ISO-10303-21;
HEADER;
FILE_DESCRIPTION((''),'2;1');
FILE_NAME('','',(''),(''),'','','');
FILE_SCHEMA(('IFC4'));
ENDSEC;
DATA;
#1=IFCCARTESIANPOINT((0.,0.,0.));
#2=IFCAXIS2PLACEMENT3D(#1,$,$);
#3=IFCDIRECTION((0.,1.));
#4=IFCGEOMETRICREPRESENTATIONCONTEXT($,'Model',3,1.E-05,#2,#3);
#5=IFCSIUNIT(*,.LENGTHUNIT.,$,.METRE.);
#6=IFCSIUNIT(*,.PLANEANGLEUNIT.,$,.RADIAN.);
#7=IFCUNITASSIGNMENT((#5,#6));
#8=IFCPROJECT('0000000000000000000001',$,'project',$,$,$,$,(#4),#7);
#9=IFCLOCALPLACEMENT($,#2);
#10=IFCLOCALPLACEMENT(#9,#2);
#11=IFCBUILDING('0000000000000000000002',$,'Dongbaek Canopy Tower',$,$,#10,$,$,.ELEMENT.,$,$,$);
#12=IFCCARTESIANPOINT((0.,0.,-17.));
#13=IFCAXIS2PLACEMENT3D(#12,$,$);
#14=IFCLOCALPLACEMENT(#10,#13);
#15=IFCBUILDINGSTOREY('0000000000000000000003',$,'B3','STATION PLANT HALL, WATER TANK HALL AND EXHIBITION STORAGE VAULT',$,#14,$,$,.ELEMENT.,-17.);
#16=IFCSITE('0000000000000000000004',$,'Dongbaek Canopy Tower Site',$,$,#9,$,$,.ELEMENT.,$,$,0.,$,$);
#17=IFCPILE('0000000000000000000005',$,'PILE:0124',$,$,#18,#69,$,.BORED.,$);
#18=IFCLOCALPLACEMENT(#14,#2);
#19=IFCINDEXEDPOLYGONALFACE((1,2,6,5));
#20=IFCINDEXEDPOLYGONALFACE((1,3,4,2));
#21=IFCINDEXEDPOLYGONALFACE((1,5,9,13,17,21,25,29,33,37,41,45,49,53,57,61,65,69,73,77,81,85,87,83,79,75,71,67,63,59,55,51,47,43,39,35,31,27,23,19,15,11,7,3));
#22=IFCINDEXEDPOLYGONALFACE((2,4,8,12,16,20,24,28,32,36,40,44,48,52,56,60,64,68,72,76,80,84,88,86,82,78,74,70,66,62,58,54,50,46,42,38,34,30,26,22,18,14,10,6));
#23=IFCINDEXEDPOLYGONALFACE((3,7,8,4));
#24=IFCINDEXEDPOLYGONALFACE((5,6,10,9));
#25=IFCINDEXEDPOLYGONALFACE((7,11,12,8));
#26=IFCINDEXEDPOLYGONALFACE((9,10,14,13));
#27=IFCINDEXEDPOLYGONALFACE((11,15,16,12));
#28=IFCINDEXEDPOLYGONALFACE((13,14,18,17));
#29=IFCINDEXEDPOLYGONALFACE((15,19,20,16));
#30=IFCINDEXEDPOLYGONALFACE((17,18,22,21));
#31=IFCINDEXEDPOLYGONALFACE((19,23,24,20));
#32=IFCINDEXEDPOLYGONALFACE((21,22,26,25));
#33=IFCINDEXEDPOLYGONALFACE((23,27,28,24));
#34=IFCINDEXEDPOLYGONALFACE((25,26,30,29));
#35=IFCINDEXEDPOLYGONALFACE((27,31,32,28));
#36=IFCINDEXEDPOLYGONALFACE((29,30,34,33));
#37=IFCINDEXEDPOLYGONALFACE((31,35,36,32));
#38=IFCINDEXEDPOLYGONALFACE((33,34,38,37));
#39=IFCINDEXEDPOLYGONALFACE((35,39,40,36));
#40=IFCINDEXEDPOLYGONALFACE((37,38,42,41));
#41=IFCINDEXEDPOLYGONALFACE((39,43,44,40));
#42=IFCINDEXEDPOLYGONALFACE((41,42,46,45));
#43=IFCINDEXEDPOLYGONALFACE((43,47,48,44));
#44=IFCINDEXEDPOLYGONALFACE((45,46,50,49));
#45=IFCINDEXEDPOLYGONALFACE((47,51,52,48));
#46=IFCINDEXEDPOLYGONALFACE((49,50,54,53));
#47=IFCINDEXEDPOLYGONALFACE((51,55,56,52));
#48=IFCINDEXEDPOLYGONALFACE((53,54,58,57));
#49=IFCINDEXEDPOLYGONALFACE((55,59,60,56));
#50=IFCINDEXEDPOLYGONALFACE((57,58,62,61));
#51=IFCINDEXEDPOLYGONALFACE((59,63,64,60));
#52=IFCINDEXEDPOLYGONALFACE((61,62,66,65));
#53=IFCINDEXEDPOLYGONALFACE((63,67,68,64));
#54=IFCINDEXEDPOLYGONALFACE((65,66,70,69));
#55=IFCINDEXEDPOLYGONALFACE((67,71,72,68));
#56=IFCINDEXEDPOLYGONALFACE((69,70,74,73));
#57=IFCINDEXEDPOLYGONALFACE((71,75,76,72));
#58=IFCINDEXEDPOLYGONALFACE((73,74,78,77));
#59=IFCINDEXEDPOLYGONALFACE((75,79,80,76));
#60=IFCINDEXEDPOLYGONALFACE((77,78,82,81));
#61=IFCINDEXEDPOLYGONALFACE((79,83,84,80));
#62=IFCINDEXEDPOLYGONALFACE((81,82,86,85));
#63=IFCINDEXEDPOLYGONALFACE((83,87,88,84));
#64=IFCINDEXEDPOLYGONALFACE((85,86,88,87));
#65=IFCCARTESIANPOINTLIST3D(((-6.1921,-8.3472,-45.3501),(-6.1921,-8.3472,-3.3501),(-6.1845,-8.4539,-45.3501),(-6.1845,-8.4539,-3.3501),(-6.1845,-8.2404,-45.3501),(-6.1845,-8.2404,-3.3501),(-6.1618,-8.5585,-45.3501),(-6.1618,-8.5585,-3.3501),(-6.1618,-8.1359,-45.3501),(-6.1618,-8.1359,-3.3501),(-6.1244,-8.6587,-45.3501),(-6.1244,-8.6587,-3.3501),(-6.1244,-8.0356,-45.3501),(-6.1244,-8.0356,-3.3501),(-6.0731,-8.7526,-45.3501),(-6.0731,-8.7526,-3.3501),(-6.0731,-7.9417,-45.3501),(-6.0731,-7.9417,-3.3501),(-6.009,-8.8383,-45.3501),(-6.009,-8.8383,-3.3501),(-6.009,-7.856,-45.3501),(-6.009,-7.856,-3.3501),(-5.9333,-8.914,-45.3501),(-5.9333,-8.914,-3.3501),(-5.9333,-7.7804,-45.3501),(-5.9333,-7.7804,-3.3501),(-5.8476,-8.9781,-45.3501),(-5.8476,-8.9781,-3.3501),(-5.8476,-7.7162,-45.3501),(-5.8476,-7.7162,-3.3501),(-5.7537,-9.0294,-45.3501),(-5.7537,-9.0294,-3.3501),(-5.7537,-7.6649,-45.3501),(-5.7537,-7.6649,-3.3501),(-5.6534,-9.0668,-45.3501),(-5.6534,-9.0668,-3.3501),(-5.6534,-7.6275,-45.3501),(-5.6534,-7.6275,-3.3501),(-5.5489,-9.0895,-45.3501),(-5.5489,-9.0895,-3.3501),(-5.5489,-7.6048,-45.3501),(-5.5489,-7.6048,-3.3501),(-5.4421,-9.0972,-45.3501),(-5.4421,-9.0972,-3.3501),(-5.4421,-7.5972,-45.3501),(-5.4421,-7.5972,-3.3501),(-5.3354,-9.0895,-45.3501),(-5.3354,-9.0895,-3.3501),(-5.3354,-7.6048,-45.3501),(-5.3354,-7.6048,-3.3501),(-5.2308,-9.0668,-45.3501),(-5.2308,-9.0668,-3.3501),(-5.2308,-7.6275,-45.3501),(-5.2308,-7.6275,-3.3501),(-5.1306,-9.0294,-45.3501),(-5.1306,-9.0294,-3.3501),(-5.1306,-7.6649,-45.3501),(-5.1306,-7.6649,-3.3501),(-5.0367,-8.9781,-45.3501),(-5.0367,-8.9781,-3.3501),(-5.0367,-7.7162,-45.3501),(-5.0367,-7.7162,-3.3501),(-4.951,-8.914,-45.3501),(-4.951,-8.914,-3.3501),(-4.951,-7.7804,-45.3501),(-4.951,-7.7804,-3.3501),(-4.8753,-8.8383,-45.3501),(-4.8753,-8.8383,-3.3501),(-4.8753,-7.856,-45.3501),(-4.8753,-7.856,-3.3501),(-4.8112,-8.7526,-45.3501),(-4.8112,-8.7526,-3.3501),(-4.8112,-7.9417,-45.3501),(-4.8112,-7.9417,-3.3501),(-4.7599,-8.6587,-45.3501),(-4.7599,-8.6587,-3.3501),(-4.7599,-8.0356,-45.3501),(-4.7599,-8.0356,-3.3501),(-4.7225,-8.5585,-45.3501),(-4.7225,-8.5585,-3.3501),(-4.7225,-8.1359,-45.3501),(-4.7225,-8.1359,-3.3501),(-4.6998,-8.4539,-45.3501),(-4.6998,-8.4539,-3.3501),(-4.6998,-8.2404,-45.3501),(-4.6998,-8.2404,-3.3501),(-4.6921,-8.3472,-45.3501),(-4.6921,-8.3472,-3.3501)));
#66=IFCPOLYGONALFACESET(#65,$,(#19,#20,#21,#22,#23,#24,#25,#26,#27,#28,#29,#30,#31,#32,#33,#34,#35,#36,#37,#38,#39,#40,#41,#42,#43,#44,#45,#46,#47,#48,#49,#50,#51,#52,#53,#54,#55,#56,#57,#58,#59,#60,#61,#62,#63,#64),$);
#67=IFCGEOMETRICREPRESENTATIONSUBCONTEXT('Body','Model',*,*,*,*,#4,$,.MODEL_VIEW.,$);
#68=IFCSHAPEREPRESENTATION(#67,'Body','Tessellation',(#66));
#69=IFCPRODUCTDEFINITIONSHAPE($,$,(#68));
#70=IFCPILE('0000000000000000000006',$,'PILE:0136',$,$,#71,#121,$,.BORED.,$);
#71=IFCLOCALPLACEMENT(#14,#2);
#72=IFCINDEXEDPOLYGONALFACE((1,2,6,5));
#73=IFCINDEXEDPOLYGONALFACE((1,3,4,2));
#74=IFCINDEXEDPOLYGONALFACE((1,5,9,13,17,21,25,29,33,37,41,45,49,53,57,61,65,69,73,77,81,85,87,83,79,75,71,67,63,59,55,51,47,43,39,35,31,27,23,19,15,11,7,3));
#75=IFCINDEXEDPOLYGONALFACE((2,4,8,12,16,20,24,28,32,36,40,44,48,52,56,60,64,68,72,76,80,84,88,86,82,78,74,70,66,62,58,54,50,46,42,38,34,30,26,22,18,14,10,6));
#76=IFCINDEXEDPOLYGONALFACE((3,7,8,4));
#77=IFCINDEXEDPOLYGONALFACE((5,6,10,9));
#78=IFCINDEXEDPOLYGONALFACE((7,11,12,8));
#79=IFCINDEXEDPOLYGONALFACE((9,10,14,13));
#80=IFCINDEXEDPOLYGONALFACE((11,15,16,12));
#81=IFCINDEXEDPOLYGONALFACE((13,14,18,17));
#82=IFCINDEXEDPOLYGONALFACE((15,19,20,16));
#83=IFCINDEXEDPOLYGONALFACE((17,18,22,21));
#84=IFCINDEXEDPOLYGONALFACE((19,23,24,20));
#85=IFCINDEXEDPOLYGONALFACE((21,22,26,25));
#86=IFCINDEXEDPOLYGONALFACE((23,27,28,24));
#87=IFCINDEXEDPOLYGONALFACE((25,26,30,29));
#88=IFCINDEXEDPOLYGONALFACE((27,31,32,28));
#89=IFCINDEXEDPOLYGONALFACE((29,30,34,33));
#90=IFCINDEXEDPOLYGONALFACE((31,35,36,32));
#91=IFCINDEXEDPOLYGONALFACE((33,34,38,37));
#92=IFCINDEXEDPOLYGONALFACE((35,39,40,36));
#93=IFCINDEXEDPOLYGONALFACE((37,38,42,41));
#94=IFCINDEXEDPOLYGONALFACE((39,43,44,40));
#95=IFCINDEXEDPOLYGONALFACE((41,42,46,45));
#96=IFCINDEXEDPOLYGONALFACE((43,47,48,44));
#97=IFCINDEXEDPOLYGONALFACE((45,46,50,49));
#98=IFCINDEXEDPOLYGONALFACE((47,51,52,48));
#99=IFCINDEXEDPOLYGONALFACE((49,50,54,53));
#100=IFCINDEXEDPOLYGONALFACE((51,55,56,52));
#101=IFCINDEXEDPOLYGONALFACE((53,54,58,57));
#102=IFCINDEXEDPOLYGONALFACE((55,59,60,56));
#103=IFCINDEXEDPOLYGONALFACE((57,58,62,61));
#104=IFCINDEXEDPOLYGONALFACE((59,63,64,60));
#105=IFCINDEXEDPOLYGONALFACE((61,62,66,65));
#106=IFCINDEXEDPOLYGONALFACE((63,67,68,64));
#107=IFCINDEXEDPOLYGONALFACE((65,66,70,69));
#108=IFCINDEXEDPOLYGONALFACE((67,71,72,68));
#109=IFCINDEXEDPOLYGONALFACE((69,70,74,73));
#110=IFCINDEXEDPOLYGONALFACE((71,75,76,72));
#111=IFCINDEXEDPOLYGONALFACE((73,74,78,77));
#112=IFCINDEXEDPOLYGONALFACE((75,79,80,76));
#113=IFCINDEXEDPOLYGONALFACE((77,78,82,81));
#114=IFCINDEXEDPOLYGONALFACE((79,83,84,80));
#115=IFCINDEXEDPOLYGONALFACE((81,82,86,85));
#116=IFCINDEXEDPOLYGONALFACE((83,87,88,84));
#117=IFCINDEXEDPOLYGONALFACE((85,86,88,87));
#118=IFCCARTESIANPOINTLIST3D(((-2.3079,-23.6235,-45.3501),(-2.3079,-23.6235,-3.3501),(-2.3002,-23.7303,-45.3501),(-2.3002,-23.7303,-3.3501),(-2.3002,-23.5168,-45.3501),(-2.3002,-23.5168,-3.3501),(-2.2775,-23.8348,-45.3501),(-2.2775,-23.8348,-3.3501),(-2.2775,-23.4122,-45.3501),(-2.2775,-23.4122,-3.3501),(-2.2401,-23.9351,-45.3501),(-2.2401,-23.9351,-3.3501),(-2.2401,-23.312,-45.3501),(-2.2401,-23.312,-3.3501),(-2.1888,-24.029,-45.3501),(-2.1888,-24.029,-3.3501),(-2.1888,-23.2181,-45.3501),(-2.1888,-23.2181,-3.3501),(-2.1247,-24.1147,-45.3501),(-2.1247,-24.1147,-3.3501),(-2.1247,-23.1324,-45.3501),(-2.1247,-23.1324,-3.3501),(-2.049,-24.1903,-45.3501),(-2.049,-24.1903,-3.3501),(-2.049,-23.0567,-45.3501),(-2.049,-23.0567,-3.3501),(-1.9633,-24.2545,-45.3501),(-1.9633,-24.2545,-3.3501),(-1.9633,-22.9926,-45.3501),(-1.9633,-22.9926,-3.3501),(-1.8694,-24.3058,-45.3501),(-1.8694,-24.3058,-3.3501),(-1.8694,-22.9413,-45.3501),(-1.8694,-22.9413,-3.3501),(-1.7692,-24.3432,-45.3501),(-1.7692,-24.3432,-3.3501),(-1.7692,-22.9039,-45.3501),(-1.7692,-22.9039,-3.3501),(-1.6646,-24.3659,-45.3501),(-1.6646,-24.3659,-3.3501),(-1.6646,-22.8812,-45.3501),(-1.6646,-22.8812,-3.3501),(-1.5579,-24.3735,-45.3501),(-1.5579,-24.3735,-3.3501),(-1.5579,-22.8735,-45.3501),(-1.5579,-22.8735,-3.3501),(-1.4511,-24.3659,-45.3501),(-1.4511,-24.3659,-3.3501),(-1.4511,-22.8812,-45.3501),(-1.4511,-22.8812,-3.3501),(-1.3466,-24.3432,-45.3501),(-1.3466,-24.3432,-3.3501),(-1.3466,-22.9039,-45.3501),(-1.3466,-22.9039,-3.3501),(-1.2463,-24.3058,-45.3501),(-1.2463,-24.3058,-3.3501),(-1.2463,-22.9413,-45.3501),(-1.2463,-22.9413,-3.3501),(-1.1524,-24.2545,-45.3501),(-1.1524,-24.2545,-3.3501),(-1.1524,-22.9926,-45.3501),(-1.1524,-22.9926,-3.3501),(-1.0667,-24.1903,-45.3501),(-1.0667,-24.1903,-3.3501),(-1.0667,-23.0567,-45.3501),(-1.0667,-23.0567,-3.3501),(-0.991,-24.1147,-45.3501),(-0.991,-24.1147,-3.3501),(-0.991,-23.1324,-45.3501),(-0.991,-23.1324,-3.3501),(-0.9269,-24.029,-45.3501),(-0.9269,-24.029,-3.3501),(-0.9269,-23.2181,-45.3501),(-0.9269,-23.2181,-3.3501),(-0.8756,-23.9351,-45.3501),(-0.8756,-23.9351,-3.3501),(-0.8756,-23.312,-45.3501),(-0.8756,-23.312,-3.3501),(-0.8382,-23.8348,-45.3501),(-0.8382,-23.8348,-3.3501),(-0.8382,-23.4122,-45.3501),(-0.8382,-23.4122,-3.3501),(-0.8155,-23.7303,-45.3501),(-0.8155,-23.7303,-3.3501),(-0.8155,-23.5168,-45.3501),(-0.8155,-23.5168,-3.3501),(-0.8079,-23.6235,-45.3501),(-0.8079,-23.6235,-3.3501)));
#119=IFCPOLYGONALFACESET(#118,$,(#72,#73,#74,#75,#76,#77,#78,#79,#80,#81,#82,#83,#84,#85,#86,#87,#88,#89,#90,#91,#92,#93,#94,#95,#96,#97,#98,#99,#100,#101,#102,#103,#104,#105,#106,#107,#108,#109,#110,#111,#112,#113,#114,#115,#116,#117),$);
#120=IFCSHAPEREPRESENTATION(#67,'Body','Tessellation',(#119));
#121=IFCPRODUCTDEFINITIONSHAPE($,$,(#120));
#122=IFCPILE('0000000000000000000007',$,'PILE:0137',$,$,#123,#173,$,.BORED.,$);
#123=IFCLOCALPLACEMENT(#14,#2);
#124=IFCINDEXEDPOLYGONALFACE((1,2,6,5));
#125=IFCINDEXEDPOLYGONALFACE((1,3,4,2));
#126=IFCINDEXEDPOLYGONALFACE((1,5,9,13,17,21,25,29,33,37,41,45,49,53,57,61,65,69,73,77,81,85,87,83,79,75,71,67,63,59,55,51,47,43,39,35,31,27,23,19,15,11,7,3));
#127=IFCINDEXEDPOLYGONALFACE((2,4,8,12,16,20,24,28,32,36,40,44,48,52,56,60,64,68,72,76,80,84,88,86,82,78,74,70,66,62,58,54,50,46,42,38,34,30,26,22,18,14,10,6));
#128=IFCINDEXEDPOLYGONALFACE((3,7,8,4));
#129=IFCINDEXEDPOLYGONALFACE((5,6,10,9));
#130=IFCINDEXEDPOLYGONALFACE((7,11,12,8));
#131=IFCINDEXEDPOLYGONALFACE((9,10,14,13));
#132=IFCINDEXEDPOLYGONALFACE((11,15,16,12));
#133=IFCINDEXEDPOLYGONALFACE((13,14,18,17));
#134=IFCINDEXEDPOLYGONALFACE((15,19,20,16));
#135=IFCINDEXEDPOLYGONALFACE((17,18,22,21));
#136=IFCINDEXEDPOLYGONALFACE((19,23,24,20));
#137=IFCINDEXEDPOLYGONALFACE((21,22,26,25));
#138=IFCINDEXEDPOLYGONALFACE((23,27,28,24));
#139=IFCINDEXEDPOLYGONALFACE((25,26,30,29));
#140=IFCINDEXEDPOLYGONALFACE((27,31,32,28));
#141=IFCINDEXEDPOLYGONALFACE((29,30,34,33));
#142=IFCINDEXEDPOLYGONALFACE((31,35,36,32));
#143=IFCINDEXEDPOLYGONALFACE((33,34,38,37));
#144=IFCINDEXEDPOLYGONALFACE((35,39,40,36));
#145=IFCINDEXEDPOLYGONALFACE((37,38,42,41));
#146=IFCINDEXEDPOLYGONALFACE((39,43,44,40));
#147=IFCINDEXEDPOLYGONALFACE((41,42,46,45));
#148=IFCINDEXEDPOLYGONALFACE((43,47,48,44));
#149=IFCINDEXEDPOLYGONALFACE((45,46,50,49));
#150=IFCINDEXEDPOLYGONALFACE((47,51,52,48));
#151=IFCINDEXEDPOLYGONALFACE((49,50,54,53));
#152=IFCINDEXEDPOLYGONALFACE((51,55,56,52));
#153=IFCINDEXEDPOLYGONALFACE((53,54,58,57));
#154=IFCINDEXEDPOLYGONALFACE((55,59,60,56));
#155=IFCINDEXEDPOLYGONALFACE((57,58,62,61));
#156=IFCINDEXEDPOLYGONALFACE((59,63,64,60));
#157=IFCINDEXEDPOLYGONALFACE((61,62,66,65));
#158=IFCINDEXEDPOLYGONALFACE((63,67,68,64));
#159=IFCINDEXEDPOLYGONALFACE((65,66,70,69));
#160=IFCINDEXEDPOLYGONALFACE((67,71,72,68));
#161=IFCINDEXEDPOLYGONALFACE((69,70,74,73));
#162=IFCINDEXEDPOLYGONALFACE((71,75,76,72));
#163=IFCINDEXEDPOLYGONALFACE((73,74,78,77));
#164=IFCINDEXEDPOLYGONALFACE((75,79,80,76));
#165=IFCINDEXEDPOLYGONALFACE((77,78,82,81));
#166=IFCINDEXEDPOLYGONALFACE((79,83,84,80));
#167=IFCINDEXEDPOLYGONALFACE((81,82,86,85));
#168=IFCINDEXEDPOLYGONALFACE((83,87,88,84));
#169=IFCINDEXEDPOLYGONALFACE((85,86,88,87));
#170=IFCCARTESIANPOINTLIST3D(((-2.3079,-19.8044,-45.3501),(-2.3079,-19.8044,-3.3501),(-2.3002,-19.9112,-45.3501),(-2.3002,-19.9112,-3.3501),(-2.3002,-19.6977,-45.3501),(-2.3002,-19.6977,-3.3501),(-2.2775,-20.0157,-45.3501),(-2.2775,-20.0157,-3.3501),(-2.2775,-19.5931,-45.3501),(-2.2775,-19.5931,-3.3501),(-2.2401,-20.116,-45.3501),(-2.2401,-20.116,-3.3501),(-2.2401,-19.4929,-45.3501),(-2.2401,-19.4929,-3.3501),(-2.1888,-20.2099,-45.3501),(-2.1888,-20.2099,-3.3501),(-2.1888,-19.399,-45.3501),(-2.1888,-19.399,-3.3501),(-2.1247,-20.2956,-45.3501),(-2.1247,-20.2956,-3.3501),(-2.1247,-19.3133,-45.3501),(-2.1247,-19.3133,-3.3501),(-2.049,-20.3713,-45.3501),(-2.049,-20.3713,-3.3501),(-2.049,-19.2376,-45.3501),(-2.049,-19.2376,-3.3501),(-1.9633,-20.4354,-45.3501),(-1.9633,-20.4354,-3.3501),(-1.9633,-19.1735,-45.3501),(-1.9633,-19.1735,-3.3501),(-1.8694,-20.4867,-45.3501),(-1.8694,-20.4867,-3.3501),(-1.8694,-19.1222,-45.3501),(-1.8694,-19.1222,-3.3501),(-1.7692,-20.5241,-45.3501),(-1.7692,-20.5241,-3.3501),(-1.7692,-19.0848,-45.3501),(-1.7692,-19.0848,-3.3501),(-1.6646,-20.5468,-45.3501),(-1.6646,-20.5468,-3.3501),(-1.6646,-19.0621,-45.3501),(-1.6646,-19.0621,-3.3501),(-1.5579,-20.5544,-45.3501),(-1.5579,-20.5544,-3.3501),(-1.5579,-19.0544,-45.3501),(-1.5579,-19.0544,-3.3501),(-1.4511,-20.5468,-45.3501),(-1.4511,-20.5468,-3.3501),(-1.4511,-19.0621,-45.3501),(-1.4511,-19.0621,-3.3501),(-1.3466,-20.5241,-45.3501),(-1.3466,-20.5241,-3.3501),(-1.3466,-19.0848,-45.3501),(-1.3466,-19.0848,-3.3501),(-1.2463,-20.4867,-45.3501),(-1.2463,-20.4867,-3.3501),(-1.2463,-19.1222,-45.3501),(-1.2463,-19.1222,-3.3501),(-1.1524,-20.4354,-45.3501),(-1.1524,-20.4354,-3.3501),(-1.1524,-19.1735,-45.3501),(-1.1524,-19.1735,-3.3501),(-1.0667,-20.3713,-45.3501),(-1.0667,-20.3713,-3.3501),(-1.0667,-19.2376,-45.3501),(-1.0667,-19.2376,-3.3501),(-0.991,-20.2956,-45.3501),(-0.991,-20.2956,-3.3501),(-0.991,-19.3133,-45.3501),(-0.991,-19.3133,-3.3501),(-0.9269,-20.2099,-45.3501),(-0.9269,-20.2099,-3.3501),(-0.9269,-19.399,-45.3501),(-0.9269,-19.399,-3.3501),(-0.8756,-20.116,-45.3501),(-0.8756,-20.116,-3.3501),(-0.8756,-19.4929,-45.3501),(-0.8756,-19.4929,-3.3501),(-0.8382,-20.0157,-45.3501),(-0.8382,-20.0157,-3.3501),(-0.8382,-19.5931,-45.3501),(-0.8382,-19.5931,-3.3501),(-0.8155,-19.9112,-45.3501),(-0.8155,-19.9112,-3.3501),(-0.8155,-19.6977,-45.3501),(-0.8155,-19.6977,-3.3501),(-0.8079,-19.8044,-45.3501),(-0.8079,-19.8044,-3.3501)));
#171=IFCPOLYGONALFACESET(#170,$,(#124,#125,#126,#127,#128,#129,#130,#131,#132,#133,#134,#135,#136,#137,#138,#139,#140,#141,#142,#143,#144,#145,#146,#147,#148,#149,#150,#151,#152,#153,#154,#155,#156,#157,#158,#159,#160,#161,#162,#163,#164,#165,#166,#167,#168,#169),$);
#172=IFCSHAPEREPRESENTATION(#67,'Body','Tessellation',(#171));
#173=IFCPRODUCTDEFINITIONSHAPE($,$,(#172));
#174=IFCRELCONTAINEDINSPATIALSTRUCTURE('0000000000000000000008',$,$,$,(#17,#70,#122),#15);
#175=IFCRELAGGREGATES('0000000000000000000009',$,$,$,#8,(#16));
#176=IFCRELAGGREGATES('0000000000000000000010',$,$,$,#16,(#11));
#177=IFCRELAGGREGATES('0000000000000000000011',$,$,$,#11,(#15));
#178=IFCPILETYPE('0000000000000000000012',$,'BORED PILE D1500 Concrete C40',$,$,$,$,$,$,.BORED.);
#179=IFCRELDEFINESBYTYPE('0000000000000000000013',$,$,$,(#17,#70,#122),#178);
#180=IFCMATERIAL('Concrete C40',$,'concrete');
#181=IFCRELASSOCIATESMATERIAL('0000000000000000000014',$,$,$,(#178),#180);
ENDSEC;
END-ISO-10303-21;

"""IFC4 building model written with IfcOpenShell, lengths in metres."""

from ifc_helpers import new_model, si_unit, direction, frame, origin, origin_2d, place, context, subcontext, project, spatial, circle, extrude, material, material_profile, profile_set, type_object, element, save


model = new_model("IFC4")

# Units and contexts
model_context = context("Model", 3, precision=1e-05, world=origin(), true_north=direction((0.0, 1.0)))
body_context = subcontext(model_context, "Body", "Model", "MODEL_VIEW")
ifc_project = project(units=[si_unit("LENGTHUNIT", "METRE"), si_unit("PLANEANGLEUNIT", "RADIAN")], contexts=[model_context])

# Site, building, storey
site_placement = place(None, origin())
site = spatial("IfcSite", under=ifc_project, at=site_placement, Name="Dongbaek Canopy Tower Site", CompositionType="ELEMENT", RefElevation=0.0)
building_placement = place(site_placement, origin())
building = spatial("IfcBuilding", under=site, at=building_placement, Name="Dongbaek Canopy Tower", CompositionType="ELEMENT")
storey_placement = place(building_placement, frame((0.0, 0.0, -17.0)))
storey = spatial("IfcBuildingStorey", under=building, at=storey_placement, Name="B3", Description="STATION PLANT HALL, WATER TANK HALL AND EXHIBITION STORAGE VAULT", CompositionType="ELEMENT", Elevation=-17.0)

# Piles
ifc_material_1 = material(Name="Concrete C40", Category="concrete")
ifc_material_profile_1 = material_profile(ifc_material_1, circle(Radius=0.75, at=origin_2d()), Name="BORED PILE D1500 Concrete C40")
ifc_profile_set_1 = profile_set([ifc_material_profile_1], Name="Concrete C40")
pile_type = type_object("IfcPileType", Name="BORED PILE D1500 Concrete C40", PredefinedType="BORED", material=ifc_profile_set_1)
for number, where, z_axis, x_axis, name in (
    (1, (-5.4421, -8.3472, -3.3501), (0.0, 0.0, -1.0), (1.0, 0.0, 0.0), "PILE:0124"),
    (2, (-1.5579, -23.6235, -3.3501), (0.0, 0.0, -1.0), (1.0, 0.0, 0.0), "PILE:0136"),
    (3, (-1.5579, -19.8044, -3.3501), (0.0, 0.0, -1.0), (1.0, 0.0, 0.0), "PILE:0137"),
):
    element("IfcPile", number, at=place(storey_placement, frame(where, z_axis=z_axis, x_axis=x_axis)), inside=storey, type_object=pile_type, Name=name, PredefinedType="BORED", context=body_context, shape_type="SweptSolid", body=[
        extrude(circle(Radius=0.75, at=origin_2d()), origin(), (0.0, 0.0, 1.0), 42.0),
    ])

save(model, "model.ifc")
